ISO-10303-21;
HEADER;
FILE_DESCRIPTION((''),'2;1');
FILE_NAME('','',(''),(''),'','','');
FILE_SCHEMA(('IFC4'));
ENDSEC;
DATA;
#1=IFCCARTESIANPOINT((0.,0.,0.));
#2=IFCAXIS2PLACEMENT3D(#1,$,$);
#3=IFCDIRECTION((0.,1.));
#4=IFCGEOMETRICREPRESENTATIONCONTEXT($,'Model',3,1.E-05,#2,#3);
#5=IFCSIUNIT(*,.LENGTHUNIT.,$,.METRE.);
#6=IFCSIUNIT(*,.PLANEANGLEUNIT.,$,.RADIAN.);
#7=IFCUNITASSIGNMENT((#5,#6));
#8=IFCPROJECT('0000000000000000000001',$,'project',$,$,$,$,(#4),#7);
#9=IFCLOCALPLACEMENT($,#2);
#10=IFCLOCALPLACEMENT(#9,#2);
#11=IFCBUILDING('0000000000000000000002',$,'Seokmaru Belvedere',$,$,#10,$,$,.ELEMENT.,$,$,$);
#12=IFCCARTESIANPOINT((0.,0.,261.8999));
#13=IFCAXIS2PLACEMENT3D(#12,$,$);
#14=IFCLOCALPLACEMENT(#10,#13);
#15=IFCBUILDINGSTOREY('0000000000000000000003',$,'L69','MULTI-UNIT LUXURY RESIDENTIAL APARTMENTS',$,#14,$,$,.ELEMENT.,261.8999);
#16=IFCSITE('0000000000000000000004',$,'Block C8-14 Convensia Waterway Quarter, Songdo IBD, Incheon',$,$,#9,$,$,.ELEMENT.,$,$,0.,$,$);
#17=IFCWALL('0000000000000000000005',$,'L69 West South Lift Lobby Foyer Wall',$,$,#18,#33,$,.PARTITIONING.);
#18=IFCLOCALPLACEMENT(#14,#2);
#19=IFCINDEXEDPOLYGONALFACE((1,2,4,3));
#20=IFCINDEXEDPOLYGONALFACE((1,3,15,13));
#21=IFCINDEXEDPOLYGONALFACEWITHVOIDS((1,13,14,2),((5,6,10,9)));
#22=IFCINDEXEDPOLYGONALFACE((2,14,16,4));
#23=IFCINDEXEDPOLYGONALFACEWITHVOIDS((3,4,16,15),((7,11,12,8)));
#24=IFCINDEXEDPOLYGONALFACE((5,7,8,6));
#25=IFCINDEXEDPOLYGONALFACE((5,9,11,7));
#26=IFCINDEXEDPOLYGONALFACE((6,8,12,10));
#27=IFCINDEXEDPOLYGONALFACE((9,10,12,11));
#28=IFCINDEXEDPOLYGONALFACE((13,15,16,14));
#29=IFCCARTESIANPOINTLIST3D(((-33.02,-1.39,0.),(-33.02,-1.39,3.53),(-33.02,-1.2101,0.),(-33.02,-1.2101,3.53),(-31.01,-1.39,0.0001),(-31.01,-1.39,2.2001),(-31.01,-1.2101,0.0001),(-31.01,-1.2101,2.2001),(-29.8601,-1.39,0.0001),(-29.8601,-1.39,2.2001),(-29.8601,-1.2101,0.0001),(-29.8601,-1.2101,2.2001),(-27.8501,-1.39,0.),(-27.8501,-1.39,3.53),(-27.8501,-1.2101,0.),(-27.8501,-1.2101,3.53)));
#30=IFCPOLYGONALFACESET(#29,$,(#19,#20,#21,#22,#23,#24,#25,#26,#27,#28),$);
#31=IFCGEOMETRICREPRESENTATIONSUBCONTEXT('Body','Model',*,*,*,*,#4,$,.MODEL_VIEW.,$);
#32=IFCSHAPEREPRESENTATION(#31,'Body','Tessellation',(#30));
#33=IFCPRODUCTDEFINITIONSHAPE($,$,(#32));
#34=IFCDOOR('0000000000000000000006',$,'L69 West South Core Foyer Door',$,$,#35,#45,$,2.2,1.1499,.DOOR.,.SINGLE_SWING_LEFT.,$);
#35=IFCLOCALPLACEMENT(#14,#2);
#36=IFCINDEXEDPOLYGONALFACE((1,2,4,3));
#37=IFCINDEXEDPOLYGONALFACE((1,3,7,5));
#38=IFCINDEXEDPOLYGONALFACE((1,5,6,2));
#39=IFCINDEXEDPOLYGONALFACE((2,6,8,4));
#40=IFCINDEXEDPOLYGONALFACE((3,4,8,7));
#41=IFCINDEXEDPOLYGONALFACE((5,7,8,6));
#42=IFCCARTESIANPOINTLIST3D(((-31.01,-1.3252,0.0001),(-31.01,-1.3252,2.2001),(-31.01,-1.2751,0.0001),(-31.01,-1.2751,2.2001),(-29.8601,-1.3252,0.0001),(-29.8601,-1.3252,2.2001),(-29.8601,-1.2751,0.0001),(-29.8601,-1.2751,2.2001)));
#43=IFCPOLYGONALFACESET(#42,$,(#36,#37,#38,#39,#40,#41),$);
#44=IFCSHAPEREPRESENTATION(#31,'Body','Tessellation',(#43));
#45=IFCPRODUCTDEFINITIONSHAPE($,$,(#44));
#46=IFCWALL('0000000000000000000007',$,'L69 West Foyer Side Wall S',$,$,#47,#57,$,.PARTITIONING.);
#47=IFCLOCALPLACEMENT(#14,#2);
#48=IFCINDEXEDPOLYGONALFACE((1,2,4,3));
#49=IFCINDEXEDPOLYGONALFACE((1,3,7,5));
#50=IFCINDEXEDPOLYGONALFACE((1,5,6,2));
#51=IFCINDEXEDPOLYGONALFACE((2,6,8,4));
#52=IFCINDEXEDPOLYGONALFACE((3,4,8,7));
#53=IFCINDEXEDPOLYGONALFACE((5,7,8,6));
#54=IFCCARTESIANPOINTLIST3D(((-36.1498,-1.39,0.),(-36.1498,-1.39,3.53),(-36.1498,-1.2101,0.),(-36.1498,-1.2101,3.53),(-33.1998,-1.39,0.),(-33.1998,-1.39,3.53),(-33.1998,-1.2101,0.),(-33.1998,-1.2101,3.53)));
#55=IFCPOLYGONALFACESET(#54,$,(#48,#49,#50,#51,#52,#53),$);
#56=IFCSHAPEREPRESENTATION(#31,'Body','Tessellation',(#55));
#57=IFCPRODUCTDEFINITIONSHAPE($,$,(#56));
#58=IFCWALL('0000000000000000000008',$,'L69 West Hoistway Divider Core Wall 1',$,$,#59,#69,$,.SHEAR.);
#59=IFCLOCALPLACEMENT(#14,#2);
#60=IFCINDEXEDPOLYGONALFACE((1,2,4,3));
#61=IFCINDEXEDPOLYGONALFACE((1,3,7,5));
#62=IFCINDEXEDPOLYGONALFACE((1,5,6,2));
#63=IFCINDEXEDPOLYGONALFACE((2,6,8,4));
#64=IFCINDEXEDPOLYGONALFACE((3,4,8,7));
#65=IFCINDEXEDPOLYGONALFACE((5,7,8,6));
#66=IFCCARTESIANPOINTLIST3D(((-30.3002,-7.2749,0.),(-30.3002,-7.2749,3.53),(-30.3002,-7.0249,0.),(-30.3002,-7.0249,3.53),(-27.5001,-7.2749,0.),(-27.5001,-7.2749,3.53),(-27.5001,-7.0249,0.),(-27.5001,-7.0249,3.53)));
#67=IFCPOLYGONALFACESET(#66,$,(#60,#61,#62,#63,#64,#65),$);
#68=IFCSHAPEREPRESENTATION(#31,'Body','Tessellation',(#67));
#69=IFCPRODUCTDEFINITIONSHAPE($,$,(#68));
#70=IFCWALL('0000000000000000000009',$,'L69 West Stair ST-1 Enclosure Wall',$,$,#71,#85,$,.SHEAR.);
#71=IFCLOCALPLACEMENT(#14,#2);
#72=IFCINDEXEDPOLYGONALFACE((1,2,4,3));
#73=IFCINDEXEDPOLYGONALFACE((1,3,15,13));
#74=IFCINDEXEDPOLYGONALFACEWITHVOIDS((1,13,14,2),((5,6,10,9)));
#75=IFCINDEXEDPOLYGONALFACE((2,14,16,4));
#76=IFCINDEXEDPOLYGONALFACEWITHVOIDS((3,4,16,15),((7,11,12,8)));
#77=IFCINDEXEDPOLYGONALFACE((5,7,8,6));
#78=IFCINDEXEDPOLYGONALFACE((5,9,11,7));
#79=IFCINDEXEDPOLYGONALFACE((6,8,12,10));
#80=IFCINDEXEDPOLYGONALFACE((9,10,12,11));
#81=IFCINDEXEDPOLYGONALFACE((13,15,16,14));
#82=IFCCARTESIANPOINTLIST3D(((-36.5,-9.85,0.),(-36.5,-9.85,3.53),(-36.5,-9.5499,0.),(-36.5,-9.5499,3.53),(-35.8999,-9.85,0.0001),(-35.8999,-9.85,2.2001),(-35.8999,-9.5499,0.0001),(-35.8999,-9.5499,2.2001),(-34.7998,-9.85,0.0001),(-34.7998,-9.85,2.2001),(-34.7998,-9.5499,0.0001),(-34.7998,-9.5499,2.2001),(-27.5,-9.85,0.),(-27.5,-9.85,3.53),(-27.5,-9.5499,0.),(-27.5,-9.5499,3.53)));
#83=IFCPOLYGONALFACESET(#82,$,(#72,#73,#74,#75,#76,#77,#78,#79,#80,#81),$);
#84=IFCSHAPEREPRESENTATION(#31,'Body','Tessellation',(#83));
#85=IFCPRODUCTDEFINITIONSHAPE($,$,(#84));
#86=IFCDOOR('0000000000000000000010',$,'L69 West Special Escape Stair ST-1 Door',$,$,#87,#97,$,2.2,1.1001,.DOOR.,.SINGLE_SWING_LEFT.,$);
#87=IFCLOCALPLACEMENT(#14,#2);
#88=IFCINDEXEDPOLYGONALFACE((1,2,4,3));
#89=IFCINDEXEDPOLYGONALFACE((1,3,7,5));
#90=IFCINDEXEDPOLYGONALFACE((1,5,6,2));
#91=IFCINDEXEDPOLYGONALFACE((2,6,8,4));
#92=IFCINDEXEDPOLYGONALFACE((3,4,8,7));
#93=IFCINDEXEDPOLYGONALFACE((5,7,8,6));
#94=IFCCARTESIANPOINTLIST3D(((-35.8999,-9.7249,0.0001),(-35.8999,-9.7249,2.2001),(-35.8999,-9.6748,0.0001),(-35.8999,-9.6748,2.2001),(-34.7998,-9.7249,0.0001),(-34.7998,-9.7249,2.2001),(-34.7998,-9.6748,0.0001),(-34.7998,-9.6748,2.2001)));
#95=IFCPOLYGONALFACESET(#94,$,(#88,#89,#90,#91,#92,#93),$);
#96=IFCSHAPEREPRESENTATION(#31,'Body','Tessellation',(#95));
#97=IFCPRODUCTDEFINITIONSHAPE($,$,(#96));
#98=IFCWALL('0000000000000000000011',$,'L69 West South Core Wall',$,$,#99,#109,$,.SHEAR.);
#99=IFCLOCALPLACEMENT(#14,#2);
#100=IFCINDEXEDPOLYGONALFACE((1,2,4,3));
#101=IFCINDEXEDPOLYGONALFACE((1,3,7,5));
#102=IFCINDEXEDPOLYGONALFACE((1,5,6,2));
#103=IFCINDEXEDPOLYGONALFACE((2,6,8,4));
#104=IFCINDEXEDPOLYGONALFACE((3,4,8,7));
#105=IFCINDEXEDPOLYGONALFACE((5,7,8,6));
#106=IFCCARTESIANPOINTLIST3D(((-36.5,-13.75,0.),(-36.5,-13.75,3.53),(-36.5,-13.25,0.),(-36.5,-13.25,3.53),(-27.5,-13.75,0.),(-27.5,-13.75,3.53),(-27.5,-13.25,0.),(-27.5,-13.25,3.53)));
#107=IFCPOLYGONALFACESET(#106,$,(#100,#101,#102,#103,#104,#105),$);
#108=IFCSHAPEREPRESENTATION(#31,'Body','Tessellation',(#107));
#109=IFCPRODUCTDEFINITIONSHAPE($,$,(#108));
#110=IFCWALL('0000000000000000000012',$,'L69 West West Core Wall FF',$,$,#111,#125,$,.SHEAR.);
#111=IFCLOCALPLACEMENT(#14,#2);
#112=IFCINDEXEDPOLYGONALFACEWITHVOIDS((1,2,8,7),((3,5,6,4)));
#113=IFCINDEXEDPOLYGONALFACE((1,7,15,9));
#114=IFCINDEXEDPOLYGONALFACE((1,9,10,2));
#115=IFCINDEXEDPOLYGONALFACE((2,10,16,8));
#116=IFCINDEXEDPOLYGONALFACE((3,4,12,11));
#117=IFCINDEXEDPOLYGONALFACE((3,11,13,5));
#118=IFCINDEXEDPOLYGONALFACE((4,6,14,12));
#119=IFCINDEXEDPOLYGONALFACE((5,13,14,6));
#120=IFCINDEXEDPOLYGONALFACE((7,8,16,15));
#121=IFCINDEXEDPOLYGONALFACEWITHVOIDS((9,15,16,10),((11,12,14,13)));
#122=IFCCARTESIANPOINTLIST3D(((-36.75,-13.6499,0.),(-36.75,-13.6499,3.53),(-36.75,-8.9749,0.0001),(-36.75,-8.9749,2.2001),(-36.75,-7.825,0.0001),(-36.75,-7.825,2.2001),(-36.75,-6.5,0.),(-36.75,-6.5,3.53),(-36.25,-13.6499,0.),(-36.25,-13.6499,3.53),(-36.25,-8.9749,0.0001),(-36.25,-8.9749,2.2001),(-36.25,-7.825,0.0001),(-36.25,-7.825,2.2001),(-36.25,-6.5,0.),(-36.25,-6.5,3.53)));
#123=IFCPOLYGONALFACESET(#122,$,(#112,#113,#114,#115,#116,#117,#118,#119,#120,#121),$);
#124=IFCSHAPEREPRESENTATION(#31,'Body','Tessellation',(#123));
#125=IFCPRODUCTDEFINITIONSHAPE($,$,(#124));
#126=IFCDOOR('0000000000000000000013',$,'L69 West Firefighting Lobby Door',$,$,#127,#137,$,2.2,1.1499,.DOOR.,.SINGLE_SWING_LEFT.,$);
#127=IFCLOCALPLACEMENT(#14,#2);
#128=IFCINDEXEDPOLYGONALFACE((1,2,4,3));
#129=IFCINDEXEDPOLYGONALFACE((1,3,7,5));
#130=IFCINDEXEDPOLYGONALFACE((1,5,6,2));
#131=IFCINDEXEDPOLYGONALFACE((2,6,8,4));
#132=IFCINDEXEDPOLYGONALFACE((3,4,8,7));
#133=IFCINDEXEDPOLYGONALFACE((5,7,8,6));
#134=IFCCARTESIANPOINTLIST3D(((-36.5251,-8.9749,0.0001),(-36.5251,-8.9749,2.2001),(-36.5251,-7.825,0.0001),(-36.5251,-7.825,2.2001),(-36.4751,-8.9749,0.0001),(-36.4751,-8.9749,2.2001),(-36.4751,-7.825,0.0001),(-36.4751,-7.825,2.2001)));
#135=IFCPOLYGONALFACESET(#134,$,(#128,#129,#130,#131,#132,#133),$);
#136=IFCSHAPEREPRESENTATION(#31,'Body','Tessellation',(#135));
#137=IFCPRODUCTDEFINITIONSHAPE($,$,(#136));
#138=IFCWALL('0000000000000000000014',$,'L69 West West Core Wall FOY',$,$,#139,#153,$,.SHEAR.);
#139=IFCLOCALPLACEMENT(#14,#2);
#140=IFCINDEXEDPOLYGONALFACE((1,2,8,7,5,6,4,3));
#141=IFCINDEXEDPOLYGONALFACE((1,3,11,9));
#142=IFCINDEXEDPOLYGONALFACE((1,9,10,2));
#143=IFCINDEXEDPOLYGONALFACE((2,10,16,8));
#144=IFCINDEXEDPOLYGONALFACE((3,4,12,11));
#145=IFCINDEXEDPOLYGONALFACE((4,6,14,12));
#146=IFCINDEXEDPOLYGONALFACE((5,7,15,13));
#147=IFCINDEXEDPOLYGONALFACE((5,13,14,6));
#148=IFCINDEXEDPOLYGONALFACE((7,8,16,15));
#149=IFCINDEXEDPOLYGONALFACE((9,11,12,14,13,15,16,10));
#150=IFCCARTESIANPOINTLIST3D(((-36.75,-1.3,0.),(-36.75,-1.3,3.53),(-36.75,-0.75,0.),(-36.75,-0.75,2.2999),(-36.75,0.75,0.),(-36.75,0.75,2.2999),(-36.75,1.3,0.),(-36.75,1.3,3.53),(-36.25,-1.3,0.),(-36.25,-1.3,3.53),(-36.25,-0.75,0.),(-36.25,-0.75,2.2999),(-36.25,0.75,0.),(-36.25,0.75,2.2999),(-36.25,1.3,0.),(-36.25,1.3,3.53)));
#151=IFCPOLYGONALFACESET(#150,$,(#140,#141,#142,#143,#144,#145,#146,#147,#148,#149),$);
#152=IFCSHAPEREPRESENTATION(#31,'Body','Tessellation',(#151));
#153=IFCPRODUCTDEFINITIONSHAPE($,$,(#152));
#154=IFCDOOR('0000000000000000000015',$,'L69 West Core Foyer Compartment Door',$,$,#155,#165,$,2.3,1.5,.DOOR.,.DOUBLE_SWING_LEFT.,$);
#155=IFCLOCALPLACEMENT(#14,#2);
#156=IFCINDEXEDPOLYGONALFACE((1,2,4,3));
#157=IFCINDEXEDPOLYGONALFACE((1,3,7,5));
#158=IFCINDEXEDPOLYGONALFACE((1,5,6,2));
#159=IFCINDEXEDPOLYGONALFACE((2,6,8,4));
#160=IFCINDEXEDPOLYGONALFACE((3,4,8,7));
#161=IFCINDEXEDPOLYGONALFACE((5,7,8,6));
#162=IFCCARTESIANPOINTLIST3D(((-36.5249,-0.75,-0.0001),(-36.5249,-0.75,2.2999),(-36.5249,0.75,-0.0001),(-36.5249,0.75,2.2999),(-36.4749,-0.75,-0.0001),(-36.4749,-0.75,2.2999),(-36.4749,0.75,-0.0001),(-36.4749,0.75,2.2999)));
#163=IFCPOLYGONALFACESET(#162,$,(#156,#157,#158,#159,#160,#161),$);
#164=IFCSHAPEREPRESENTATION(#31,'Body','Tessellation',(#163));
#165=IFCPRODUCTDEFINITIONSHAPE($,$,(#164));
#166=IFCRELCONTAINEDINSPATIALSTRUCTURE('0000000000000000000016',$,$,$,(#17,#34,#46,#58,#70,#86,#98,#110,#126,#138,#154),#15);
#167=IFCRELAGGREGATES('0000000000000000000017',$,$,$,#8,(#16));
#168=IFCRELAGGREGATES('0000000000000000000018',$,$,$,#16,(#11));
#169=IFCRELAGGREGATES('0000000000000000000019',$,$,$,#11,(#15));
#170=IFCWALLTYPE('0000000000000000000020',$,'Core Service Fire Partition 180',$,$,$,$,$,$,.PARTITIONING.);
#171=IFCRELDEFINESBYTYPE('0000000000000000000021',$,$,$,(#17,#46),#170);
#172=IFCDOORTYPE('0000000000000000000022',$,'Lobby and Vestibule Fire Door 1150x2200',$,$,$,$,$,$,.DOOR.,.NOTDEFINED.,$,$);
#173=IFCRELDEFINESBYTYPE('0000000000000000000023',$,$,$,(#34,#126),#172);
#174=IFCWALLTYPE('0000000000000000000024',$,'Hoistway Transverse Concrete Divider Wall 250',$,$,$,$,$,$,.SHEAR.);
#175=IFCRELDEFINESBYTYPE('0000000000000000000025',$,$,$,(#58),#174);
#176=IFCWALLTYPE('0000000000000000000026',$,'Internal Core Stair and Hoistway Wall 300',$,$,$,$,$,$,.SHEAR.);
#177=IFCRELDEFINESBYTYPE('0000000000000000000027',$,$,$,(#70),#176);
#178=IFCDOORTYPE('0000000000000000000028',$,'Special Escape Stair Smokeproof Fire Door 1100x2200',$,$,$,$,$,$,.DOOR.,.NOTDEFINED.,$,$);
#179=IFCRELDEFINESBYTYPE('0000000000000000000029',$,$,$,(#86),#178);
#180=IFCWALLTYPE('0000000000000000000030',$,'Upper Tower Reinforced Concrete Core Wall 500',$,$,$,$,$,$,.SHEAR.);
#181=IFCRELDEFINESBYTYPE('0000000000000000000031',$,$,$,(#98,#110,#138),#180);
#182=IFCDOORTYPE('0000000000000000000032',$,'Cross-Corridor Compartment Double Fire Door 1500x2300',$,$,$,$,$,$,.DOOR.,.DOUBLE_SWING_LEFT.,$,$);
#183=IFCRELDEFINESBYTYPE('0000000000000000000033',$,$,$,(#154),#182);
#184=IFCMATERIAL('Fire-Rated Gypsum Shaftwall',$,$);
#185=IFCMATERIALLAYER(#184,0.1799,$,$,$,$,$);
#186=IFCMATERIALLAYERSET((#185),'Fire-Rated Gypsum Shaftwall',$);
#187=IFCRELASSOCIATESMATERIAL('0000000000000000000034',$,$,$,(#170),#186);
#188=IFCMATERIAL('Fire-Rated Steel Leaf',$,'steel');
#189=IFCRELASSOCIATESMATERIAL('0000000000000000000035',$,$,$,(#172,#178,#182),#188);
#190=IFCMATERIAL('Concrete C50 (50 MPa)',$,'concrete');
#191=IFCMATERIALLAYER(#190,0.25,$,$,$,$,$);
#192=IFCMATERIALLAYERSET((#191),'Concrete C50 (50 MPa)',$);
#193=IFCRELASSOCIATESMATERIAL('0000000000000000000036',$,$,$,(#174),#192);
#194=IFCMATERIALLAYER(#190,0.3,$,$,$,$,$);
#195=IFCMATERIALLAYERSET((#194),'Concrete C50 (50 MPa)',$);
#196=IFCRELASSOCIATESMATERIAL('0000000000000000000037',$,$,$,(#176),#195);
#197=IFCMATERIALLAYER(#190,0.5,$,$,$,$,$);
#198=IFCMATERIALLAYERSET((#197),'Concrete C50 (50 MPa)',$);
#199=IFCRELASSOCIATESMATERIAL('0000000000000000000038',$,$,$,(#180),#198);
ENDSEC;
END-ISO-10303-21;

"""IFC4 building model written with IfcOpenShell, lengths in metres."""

from ifc_helpers import new_model, si_unit, direction, frame, frame_2d, origin, place, context, subcontext, project, spatial, rectangle, extrude, source, transform, mapped, material, layer, layer_set, type_object, type_shapes, element, fill, save


model = new_model("IFC4")

# Units and contexts
model_context = context("Model", 3, precision=1e-05, world=origin(), true_north=direction((0.0, 1.0)))
body_context = subcontext(model_context, "Body", "Model", "MODEL_VIEW")
ifc_project = project(units=[si_unit("LENGTHUNIT", "METRE"), si_unit("PLANEANGLEUNIT", "RADIAN")], contexts=[model_context])

# Site, building, storey
site_placement = place(None, origin())
site = spatial("IfcSite", under=ifc_project, at=site_placement, Name="Block C8-14 Convensia Waterway Quarter, Songdo IBD, Incheon", CompositionType="ELEMENT", RefElevation=0.0)
building_placement = place(site_placement, origin())
building = spatial("IfcBuilding", under=site, at=building_placement, Name="Seokmaru Belvedere", CompositionType="ELEMENT")
storey_placement = place(building_placement, frame((0.0, 0.0, 261.8999)))
storey = spatial("IfcBuildingStorey", under=building, at=storey_placement, Name="L69", Description="MULTI-UNIT LUXURY RESIDENTIAL APARTMENTS", CompositionType="ELEMENT", Elevation=261.8999)

# Shared definitions
ifc_material_1 = material(Name="Fire-Rated Gypsum Shaftwall")
ifc_layer_1 = layer(ifc_material_1, 0.1799)
ifc_layer_set_1 = layer_set([ifc_layer_1], Name="Fire-Rated Gypsum Shaftwall")
wall_type_1 = type_object("IfcWallType", Name="Core Service Fire Partition 180", PredefinedType="PARTITIONING", material=ifc_layer_set_1)

# Wall, opening, door
wall_1_placement = place(storey_placement, frame((-33.02, -1.3, 0.0), z_axis=(0.0, 0.0, 1.0), x_axis=(1.0, 0.0, 0.0)))
wall_1 = element("IfcWall", 1, at=wall_1_placement, inside=storey, type_object=wall_type_1, Name="L69 West South Lift Lobby Foyer Wall", PredefinedType="PARTITIONING", context=body_context, shape_type="SweptSolid", body=[
    extrude(rectangle(XDim=5.1699, YDim=0.1799, at=frame_2d((2.585, 0.0))), origin(), (0.0, 0.0, 1.0), 3.53),
])
opening_1_placement = place(wall_1_placement, frame((2.01, 0.0, 0.0)))
opening_1 = element("IfcOpeningElement", 2, at=opening_1_placement, cuts=wall_1, PredefinedType="OPENING", context=body_context, shape_type="SweptSolid", body=[
    extrude(rectangle(XDim=1.1499, YDim=2.2, at=frame_2d((0.575, 1.1001))), frame((0.0, 0.1001, 0.0), z_axis=(0.0, -1.0, 0.0), x_axis=(1.0, 0.0, 0.0)), (0.0, 0.0, 1.0), 0.2),
])
ifc_material_2 = material(Name="Fire-Rated Steel Leaf", Category="steel")
door_type_1 = type_object("IfcDoorType", Name="Lobby and Vestibule Fire Door 1150x2200", OperationType="NOTDEFINED", PredefinedType="DOOR", material=ifc_material_2)
shared_shape_1 = source(origin(), body_context, "Body", "SweptSolid", [
    extrude(rectangle(XDim=1.1499, YDim=2.2, at=frame_2d((0.575, 1.1001))), frame((0.0, 0.0249, 0.0), z_axis=(0.0, -1.0, 0.0), x_axis=(1.0, 0.0, 0.0)), (0.0, 0.0, 1.0), 0.05),
])
type_shapes(door_type_1, [shared_shape_1])
door_1_placement = place(opening_1_placement, origin())
door_1 = element("IfcDoor", 3, at=door_1_placement, inside=storey, type_object=door_type_1, Name="L69 West South Core Foyer Door", OperationType="SINGLE_SWING_LEFT", OverallHeight=2.2, OverallWidth=1.1499, PredefinedType="DOOR", context=body_context, shape_type="MappedRepresentation", body=[
    mapped(shared_shape_1, transform((0.0, 0.0, 0.0), scale=1.0)),
])
fill(opening_1, door_1)

# Walls
wall_2_placement = place(storey_placement, frame((-36.1499, -1.3, 0.0), z_axis=(0.0, 0.0, 1.0), x_axis=(1.0, 0.0, 0.0)))
element("IfcWall", 4, at=wall_2_placement, inside=storey, type_object=wall_type_1, Name="L69 West Foyer Side Wall S", PredefinedType="PARTITIONING", context=body_context, shape_type="SweptSolid", body=[
    extrude(rectangle(XDim=2.95, YDim=0.1799, at=frame_2d((1.4751, 0.0))), origin(), (0.0, 0.0, 1.0), 3.53),
])
ifc_material_3 = material(Name="Concrete C50 (50 MPa)", Category="concrete")
ifc_layer_2 = layer(ifc_material_3, 0.25)
ifc_layer_set_2 = layer_set([ifc_layer_2], Name="Concrete C50 (50 MPa)")
wall_type_2 = type_object("IfcWallType", Name="Hoistway Transverse Concrete Divider Wall 250", PredefinedType="SHEAR", material=ifc_layer_set_2)
wall_3_placement = place(storey_placement, frame((-30.3, -7.1499, 0.0), z_axis=(0.0, 0.0, 1.0), x_axis=(1.0, 0.0, 0.0)))
element("IfcWall", 5, at=wall_3_placement, inside=storey, type_object=wall_type_2, Name="L69 West Hoistway Divider Core Wall 1", PredefinedType="SHEAR", context=body_context, shape_type="SweptSolid", body=[
    extrude(rectangle(XDim=2.8, YDim=0.25, at=frame_2d((1.3999, 0.0))), origin(), (0.0, 0.0, 1.0), 3.53),
])

# Wall, opening, door
ifc_layer_3 = layer(ifc_material_3, 0.3)
ifc_layer_set_3 = layer_set([ifc_layer_3], Name="Concrete C50 (50 MPa)")
wall_type_3 = type_object("IfcWallType", Name="Internal Core Stair and Hoistway Wall 300", PredefinedType="SHEAR", material=ifc_layer_set_3)
wall_4_placement = place(storey_placement, frame((-36.5, -9.7, 0.0), z_axis=(0.0, 0.0, 1.0), x_axis=(1.0, 0.0, 0.0)))
wall_4 = element("IfcWall", 6, at=wall_4_placement, inside=storey, type_object=wall_type_3, Name="L69 West Stair ST-1 Enclosure Wall", PredefinedType="SHEAR", context=body_context, shape_type="SweptSolid", body=[
    extrude(rectangle(XDim=9.0, YDim=0.3, at=frame_2d((4.5, 0.0))), origin(), (0.0, 0.0, 1.0), 3.53),
])
opening_2_placement = place(wall_4_placement, frame((0.6001, 0.0, 0.0)))
opening_2 = element("IfcOpeningElement", 7, at=opening_2_placement, cuts=wall_4, PredefinedType="OPENING", context=body_context, shape_type="SweptSolid", body=[
    extrude(rectangle(XDim=1.1001, YDim=2.2, at=frame_2d((0.55, 1.1001))), frame((0.0, 0.1602, 0.0), z_axis=(0.0, -1.0, 0.0), x_axis=(1.0, 0.0, 0.0)), (0.0, 0.0, 1.0), 0.3201),
])
door_type_2 = type_object("IfcDoorType", Name="Special Escape Stair Smokeproof Fire Door 1100x2200", OperationType="NOTDEFINED", PredefinedType="DOOR", material=ifc_material_2)
shared_shape_2 = source(origin(), body_context, "Body", "SweptSolid", [
    extrude(rectangle(XDim=1.1001, YDim=2.2, at=frame_2d((0.55, 1.1001))), frame((0.0, 0.0249, 0.0), z_axis=(0.0, -1.0, 0.0), x_axis=(1.0, 0.0, 0.0)), (0.0, 0.0, 1.0), 0.05),
])
type_shapes(door_type_2, [shared_shape_2])
door_2_placement = place(opening_2_placement, frame((1.1001, 0.0, 0.0), z_axis=(0.0, 0.0, 1.0), x_axis=(-1.0, 0.0, 0.0)))
door_2 = element("IfcDoor", 8, at=door_2_placement, inside=storey, type_object=door_type_2, Name="L69 West Special Escape Stair ST-1 Door", OperationType="SINGLE_SWING_LEFT", OverallHeight=2.2, OverallWidth=1.1001, PredefinedType="DOOR", context=body_context, shape_type="MappedRepresentation", body=[
    mapped(shared_shape_2, transform((0.0, 0.0, 0.0), scale=1.0)),
])
fill(opening_2, door_2)

# Wall
ifc_layer_4 = layer(ifc_material_3, 0.5)
ifc_layer_set_4 = layer_set([ifc_layer_4], Name="Concrete C50 (50 MPa)")
wall_type_4 = type_object("IfcWallType", Name="Upper Tower Reinforced Concrete Core Wall 500", PredefinedType="SHEAR", material=ifc_layer_set_4)
wall_5_placement = place(storey_placement, frame((-36.5, -13.5, 0.0), z_axis=(0.0, 0.0, 1.0), x_axis=(1.0, 0.0, 0.0)))
element("IfcWall", 9, at=wall_5_placement, inside=storey, type_object=wall_type_4, Name="L69 West South Core Wall", PredefinedType="SHEAR", context=body_context, shape_type="SweptSolid", body=[
    extrude(rectangle(XDim=9.0, YDim=0.5, at=frame_2d((4.5, 0.0))), origin(), (0.0, 0.0, 1.0), 3.53),
])

# Walls, openings, doors
wall_6_placement = place(storey_placement, frame((-36.5, -13.6499, 0.0), z_axis=(0.0, 0.0, 1.0), x_axis=(0.0, 1.0, 0.0)))
wall_6 = element("IfcWall", 10, at=wall_6_placement, inside=storey, type_object=wall_type_4, Name="L69 West West Core Wall FF", PredefinedType="SHEAR", context=body_context, shape_type="SweptSolid", body=[
    extrude(rectangle(XDim=7.1499, YDim=0.5, at=frame_2d((3.575, 0.0))), origin(), (0.0, 0.0, 1.0), 3.53),
])
opening_3_placement = place(wall_6_placement, frame((4.675, 0.0, 0.0)))
opening_3 = element("IfcOpeningElement", 11, at=opening_3_placement, cuts=wall_6, PredefinedType="OPENING", context=body_context, shape_type="SweptSolid", body=[
    extrude(rectangle(XDim=1.1499, YDim=2.2, at=frame_2d((0.575, 1.1001))), frame((0.0, 0.26, 0.0), z_axis=(0.0, -1.0, 0.0), x_axis=(1.0, 0.0, 0.0)), (0.0, 0.0, 1.0), 0.52),
])
door_3_placement = place(opening_3_placement, frame((1.1499, 0.0, 0.0), z_axis=(0.0, 0.0, 1.0), x_axis=(-1.0, 0.0, 0.0)))
door_3 = element("IfcDoor", 12, at=door_3_placement, inside=storey, type_object=door_type_1, Name="L69 West Firefighting Lobby Door", OperationType="SINGLE_SWING_LEFT", OverallHeight=2.2, OverallWidth=1.1499, PredefinedType="DOOR", context=body_context, shape_type="MappedRepresentation", body=[
    mapped(shared_shape_1, transform((0.0, 0.0, 0.0), scale=1.0)),
])
fill(opening_3, door_3)
wall_7_placement = place(storey_placement, frame((-36.5, -1.3, 0.0), z_axis=(0.0, 0.0, 1.0), x_axis=(0.0, 1.0, 0.0)))
wall_7 = element("IfcWall", 13, at=wall_7_placement, inside=storey, type_object=wall_type_4, Name="L69 West West Core Wall FOY", PredefinedType="SHEAR", context=body_context, shape_type="SweptSolid", body=[
    extrude(rectangle(XDim=2.6001, YDim=0.5, at=frame_2d((1.3, 0.0))), origin(), (0.0, 0.0, 1.0), 3.53),
])
opening_4_placement = place(wall_7_placement, frame((0.55, 0.0, 0.0)))
opening_4 = element("IfcOpeningElement", 14, at=opening_4_placement, cuts=wall_7, PredefinedType="OPENING", context=body_context, shape_type="SweptSolid", body=[
    extrude(rectangle(XDim=1.5, YDim=2.3, at=frame_2d((0.75, 1.1499))), frame((0.0, 0.26, 0.0), z_axis=(0.0, -1.0, 0.0), x_axis=(1.0, 0.0, 0.0)), (0.0, 0.0, 1.0), 0.52),
])
door_type_3 = type_object("IfcDoorType", Name="Cross-Corridor Compartment Double Fire Door 1500x2300", OperationType="DOUBLE_SWING_LEFT", PredefinedType="DOOR", material=ifc_material_2)
shared_shape_3 = source(origin(), body_context, "Body", "SweptSolid", [
    extrude(rectangle(XDim=1.5, YDim=2.3, at=frame_2d((0.75, 1.1499))), frame((0.0, 0.0249, 0.0), z_axis=(0.0, -1.0, 0.0), x_axis=(1.0, 0.0, 0.0)), (0.0, 0.0, 1.0), 0.05),
])
type_shapes(door_type_3, [shared_shape_3])
door_4_placement = place(opening_4_placement, origin())
door_4 = element("IfcDoor", 15, at=door_4_placement, inside=storey, type_object=door_type_3, Name="L69 West Core Foyer Compartment Door", OperationType="DOUBLE_SWING_LEFT", OverallHeight=2.3, OverallWidth=1.5, PredefinedType="DOOR", context=body_context, shape_type="MappedRepresentation", body=[
    mapped(shared_shape_3, transform((0.0, 0.0, 0.0), scale=1.0)),
])
fill(opening_4, door_4)

save(model, "model.ifc")
